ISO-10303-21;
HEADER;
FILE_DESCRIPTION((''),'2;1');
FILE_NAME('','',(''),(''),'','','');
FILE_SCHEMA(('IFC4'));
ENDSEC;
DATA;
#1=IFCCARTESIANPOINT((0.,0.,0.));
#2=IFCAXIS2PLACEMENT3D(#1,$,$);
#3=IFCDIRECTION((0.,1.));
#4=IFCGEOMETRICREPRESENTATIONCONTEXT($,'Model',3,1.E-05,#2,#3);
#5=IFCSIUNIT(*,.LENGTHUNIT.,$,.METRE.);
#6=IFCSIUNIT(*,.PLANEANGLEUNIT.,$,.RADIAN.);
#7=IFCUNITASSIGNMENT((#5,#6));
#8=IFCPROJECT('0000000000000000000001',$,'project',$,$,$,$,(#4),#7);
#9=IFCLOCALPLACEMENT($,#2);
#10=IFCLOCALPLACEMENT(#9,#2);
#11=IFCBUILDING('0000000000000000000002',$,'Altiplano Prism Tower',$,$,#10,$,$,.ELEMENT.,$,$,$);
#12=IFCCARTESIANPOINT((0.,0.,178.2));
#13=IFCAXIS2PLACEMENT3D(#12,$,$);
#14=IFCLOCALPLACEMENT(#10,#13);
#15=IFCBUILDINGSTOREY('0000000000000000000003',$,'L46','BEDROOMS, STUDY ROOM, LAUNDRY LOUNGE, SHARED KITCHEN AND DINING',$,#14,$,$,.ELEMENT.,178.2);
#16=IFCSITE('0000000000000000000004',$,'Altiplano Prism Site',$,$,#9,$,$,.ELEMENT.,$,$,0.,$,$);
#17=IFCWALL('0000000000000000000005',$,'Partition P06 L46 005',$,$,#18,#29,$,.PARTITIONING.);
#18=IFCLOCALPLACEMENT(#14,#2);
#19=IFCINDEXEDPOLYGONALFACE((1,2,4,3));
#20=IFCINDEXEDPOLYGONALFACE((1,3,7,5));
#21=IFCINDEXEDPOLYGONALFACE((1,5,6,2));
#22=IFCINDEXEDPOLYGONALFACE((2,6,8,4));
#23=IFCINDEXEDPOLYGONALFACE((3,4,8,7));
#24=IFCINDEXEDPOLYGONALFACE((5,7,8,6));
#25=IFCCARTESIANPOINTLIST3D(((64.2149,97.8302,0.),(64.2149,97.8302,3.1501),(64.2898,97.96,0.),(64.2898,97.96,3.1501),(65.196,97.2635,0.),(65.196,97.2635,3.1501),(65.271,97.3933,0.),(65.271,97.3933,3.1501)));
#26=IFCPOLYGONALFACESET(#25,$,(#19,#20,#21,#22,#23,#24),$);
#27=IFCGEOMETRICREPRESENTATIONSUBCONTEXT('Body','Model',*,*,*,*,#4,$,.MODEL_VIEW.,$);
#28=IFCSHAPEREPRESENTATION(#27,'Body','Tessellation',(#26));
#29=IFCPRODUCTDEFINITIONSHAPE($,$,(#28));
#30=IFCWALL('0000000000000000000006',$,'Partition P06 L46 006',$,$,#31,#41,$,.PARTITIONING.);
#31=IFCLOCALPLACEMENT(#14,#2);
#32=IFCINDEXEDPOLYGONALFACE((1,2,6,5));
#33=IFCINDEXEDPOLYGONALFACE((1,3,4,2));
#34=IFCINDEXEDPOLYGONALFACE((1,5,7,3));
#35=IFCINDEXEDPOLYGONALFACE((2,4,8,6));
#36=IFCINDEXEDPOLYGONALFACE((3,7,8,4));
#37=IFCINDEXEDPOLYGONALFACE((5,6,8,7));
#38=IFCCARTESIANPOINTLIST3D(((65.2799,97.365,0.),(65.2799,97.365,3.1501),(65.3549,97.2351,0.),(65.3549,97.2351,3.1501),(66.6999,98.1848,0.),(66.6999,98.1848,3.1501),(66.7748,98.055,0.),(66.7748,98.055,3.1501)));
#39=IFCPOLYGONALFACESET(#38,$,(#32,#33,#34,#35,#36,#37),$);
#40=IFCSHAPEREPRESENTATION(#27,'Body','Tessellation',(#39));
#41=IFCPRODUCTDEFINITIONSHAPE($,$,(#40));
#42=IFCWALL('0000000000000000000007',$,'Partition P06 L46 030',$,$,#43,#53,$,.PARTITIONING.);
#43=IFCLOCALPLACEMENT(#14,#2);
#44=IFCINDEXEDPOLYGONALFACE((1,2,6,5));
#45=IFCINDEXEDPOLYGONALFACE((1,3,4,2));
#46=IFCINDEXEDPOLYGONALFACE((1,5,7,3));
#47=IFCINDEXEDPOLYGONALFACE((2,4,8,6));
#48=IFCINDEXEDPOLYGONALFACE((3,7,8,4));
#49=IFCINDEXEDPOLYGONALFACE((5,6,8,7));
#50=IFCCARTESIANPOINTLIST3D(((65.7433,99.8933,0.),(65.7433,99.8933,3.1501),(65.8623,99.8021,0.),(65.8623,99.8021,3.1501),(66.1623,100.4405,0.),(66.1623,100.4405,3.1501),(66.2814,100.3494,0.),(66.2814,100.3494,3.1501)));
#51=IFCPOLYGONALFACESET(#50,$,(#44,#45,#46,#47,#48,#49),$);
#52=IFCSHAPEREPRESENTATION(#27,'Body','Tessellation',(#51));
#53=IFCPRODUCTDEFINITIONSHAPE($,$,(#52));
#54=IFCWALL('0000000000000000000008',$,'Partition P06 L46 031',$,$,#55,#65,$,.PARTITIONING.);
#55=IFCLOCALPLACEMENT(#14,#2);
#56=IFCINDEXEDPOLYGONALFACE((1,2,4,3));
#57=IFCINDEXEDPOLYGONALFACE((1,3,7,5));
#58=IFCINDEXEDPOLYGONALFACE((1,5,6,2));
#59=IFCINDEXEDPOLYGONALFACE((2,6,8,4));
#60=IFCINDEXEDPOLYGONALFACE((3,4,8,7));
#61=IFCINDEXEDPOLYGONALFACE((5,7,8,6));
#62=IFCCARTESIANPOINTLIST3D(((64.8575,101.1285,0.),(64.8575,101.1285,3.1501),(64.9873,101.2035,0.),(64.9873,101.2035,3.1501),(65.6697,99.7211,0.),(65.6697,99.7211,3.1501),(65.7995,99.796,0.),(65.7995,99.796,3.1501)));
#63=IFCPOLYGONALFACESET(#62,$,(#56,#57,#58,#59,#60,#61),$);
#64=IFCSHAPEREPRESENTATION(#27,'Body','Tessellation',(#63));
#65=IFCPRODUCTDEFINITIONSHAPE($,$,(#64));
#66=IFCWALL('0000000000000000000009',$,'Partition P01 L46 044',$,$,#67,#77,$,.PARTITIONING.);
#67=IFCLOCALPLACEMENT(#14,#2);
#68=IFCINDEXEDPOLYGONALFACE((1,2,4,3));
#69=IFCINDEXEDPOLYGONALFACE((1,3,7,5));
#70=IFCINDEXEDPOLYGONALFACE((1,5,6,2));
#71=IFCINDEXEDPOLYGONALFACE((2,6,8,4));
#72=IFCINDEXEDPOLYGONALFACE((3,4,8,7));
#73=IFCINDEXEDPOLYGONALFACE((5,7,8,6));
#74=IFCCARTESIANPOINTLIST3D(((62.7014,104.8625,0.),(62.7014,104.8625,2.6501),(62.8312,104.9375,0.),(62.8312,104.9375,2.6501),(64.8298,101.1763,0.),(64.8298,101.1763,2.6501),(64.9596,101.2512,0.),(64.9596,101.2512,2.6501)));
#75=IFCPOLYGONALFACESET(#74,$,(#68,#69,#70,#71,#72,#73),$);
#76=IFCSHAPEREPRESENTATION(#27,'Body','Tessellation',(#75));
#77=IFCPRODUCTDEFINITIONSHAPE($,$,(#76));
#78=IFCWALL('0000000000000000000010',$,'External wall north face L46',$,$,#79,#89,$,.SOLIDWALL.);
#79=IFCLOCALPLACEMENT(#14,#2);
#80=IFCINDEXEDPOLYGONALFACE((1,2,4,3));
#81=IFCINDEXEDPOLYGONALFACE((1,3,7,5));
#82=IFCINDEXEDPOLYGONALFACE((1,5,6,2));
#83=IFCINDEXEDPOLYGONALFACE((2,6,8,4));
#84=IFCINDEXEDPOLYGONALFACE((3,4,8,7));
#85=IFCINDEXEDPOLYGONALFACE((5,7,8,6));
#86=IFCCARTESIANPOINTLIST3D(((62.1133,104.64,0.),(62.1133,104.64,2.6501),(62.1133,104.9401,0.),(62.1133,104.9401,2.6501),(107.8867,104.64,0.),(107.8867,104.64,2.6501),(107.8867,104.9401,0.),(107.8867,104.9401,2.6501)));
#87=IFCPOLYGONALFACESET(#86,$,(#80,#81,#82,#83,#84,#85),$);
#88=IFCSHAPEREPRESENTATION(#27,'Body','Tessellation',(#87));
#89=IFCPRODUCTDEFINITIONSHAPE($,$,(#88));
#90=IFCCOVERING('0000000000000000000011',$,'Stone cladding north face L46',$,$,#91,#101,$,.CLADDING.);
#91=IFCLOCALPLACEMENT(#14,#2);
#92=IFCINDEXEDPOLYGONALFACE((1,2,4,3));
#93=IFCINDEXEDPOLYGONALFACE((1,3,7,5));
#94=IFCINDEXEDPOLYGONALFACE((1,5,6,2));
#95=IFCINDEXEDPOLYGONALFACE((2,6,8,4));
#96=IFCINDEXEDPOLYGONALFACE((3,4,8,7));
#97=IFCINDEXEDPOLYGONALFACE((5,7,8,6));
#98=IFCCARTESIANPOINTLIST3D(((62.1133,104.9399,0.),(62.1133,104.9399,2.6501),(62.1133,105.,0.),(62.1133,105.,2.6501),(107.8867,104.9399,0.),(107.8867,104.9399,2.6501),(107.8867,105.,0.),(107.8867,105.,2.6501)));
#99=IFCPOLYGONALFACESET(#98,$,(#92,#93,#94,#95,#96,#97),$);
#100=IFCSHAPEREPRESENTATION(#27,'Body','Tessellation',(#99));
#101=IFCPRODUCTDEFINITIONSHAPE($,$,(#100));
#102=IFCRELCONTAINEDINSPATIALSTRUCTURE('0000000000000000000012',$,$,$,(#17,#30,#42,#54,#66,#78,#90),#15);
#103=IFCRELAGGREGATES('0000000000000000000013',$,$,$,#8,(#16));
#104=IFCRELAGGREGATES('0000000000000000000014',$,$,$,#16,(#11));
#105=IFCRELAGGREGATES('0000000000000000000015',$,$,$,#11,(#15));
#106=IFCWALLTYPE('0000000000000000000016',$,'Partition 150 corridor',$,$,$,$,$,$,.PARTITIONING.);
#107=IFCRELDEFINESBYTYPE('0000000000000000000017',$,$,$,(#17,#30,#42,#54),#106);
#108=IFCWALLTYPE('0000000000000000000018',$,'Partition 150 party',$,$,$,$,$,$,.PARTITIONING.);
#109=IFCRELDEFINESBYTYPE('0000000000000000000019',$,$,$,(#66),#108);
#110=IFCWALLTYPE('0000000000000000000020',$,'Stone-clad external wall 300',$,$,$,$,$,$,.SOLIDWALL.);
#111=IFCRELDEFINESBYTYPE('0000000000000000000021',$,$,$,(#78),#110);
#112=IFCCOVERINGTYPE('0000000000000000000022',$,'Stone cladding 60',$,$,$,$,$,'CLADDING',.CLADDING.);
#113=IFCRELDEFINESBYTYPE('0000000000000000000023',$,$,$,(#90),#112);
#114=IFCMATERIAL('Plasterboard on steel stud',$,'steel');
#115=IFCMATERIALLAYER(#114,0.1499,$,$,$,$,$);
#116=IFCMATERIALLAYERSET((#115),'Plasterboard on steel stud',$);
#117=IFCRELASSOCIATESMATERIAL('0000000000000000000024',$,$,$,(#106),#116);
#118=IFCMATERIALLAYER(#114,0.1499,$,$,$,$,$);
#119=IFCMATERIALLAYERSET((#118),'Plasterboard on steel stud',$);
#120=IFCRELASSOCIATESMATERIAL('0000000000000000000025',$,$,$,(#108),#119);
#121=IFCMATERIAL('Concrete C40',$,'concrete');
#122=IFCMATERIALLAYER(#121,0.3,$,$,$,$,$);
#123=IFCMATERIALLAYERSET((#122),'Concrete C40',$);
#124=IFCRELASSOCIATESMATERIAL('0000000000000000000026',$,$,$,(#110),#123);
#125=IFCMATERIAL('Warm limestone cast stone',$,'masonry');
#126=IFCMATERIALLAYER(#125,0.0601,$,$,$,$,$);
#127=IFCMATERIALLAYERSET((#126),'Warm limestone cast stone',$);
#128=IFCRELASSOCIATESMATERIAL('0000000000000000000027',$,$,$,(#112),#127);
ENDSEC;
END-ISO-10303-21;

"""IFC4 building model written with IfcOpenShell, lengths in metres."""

from ifc_helpers import new_model, si_unit, direction, frame, frame_2d, origin, place, context, subcontext, project, spatial, rectangle, extrude, material, layer, layer_set, type_object, element, save


model = new_model("IFC4")

# Units and contexts
model_context = context("Model", 3, precision=1e-05, world=origin(), true_north=direction((0.0, 1.0)))
body_context = subcontext(model_context, "Body", "Model", "MODEL_VIEW")
ifc_project = project(units=[si_unit("LENGTHUNIT", "METRE"), si_unit("PLANEANGLEUNIT", "RADIAN")], contexts=[model_context])

# Site, building, storey
site_placement = place(None, origin())
site = spatial("IfcSite", under=ifc_project, at=site_placement, Name="Altiplano Prism Site", CompositionType="ELEMENT", RefElevation=0.0)
building_placement = place(site_placement, origin())
building = spatial("IfcBuilding", under=site, at=building_placement, Name="Altiplano Prism Tower", CompositionType="ELEMENT")
storey_placement = place(building_placement, frame((0.0, 0.0, 178.2)))
storey = spatial("IfcBuildingStorey", under=building, at=storey_placement, Name="L46", Description="BEDROOMS, STUDY ROOM, LAUNDRY LOUNGE, SHARED KITCHEN AND DINING", CompositionType="ELEMENT", Elevation=178.2)

# Shared definitions
ifc_material_1 = material(Name="Plasterboard on steel stud", Category="steel")
ifc_layer_1 = layer(ifc_material_1, 0.1499)
ifc_layer_set_1 = layer_set([ifc_layer_1], Name="Plasterboard on steel stud")
wall_type_1 = type_object("IfcWallType", Name="Partition 150 corridor", PredefinedType="PARTITIONING", material=ifc_layer_set_1)

# Walls
wall_1_placement = place(storey_placement, frame((64.2524, 97.895, 0.0), z_axis=(0.0, 0.0, 1.0), x_axis=(0.865967, -0.500102, 0.0)))
element("IfcWall", 1, at=wall_1_placement, inside=storey, type_object=wall_type_1, Name="Partition P06 L46 005", PredefinedType="PARTITIONING", context=body_context, shape_type="SweptSolid", body=[
    extrude(rectangle(XDim=1.1331, YDim=0.1499, at=frame_2d((0.5664, 0.0))), origin(), (0.0, 0.0, 1.0), 3.1501),
])
wall_2_placement = place(storey_placement, frame((65.3174, 97.3, 0.0), z_axis=(0.0, 0.0, 1.0), x_axis=(0.866017, 0.500015, 0.0)))
element("IfcWall", 2, at=wall_2_placement, inside=storey, type_object=wall_type_1, Name="Partition P06 L46 006", PredefinedType="PARTITIONING", context=body_context, shape_type="SweptSolid", body=[
    extrude(rectangle(XDim=1.6396, YDim=0.1499, at=frame_2d((0.8198, 0.0))), origin(), (0.0, 0.0, 1.0), 3.1501),
])
wall_3_placement = place(storey_placement, frame((66.2219, 100.395, 0.0), z_axis=(0.0, 0.0, 1.0), x_axis=(-0.607963, -0.793965, 0.0)))
element("IfcWall", 3, at=wall_3_placement, inside=storey, type_object=wall_type_1, Name="Partition P06 L46 030", PredefinedType="PARTITIONING", context=body_context, shape_type="SweptSolid", body=[
    extrude(rectangle(XDim=0.6892, YDim=0.1499, at=frame_2d((0.3447, 0.0))), origin(), (0.0, 0.0, 1.0), 3.1501),
])
wall_4_placement = place(storey_placement, frame((65.7346, 99.7585, 0.0), z_axis=(0.0, 0.0, 1.0), x_axis=(-0.49984, 0.866118, 0.0)))
element("IfcWall", 4, at=wall_4_placement, inside=storey, type_object=wall_type_1, Name="Partition P06 L46 031", PredefinedType="PARTITIONING", context=body_context, shape_type="SweptSolid", body=[
    extrude(rectangle(XDim=1.625, YDim=0.1499, at=frame_2d((0.8125, 0.0))), origin(), (0.0, 0.0, 1.0), 3.1501),
])
ifc_layer_2 = layer(ifc_material_1, 0.1499)
ifc_layer_set_2 = layer_set([ifc_layer_2], Name="Plasterboard on steel stud")
wall_type_2 = type_object("IfcWallType", Name="Partition 150 party", PredefinedType="PARTITIONING", material=ifc_layer_set_2)
wall_5_placement = place(storey_placement, frame((64.8948, 101.2136, 0.0), z_axis=(0.0, 0.0, 1.0), x_axis=(-0.500025, 0.866011, 0.0)))
element("IfcWall", 5, at=wall_5_placement, inside=storey, type_object=wall_type_2, Name="Partition P01 L46 044", PredefinedType="PARTITIONING", context=body_context, shape_type="SweptSolid", body=[
    extrude(rectangle(XDim=4.2566, YDim=0.1499, at=frame_2d((2.1284, 0.0))), origin(), (0.0, 0.0, 1.0), 2.6501),
])
ifc_material_2 = material(Name="Concrete C40", Category="concrete")
ifc_layer_3 = layer(ifc_material_2, 0.3)
ifc_layer_set_3 = layer_set([ifc_layer_3], Name="Concrete C40")
wall_type_3 = type_object("IfcWallType", Name="Stone-clad external wall 300", PredefinedType="SOLIDWALL", material=ifc_layer_set_3)
wall_6_placement = place(storey_placement, frame((62.1133, 104.79, 0.0), z_axis=(0.0, 0.0, 1.0), x_axis=(1.0, 0.0, 0.0)))
element("IfcWall", 6, at=wall_6_placement, inside=storey, type_object=wall_type_3, Name="External wall north face L46", PredefinedType="SOLIDWALL", context=body_context, shape_type="SweptSolid", body=[
    extrude(rectangle(XDim=45.7734, YDim=0.3, at=frame_2d((22.8867, 0.0))), origin(), (0.0, 0.0, 1.0), 2.6501),
])

# Covering
ifc_material_3 = material(Name="Warm limestone cast stone", Category="masonry")
ifc_layer_4 = layer(ifc_material_3, 0.0601)
ifc_layer_set_4 = layer_set([ifc_layer_4], Name="Warm limestone cast stone")
covering_type = type_object("IfcCoveringType", Name="Stone cladding 60", ElementType="CLADDING", PredefinedType="CLADDING", material=ifc_layer_set_4)
covering_placement = place(storey_placement, frame((62.1133, 104.97, 0.0), z_axis=(0.0, 0.0, 1.0), x_axis=(1.0, 0.0, 0.0)))
element("IfcCovering", 7, at=covering_placement, inside=storey, type_object=covering_type, Name="Stone cladding north face L46", PredefinedType="CLADDING", context=body_context, shape_type="SweptSolid", body=[
    extrude(rectangle(XDim=45.7734, YDim=0.0601, at=frame_2d((22.8867, 0.0))), origin(), (0.0, 0.0, 1.0), 2.6501),
])

save(model, "model.ifc")
